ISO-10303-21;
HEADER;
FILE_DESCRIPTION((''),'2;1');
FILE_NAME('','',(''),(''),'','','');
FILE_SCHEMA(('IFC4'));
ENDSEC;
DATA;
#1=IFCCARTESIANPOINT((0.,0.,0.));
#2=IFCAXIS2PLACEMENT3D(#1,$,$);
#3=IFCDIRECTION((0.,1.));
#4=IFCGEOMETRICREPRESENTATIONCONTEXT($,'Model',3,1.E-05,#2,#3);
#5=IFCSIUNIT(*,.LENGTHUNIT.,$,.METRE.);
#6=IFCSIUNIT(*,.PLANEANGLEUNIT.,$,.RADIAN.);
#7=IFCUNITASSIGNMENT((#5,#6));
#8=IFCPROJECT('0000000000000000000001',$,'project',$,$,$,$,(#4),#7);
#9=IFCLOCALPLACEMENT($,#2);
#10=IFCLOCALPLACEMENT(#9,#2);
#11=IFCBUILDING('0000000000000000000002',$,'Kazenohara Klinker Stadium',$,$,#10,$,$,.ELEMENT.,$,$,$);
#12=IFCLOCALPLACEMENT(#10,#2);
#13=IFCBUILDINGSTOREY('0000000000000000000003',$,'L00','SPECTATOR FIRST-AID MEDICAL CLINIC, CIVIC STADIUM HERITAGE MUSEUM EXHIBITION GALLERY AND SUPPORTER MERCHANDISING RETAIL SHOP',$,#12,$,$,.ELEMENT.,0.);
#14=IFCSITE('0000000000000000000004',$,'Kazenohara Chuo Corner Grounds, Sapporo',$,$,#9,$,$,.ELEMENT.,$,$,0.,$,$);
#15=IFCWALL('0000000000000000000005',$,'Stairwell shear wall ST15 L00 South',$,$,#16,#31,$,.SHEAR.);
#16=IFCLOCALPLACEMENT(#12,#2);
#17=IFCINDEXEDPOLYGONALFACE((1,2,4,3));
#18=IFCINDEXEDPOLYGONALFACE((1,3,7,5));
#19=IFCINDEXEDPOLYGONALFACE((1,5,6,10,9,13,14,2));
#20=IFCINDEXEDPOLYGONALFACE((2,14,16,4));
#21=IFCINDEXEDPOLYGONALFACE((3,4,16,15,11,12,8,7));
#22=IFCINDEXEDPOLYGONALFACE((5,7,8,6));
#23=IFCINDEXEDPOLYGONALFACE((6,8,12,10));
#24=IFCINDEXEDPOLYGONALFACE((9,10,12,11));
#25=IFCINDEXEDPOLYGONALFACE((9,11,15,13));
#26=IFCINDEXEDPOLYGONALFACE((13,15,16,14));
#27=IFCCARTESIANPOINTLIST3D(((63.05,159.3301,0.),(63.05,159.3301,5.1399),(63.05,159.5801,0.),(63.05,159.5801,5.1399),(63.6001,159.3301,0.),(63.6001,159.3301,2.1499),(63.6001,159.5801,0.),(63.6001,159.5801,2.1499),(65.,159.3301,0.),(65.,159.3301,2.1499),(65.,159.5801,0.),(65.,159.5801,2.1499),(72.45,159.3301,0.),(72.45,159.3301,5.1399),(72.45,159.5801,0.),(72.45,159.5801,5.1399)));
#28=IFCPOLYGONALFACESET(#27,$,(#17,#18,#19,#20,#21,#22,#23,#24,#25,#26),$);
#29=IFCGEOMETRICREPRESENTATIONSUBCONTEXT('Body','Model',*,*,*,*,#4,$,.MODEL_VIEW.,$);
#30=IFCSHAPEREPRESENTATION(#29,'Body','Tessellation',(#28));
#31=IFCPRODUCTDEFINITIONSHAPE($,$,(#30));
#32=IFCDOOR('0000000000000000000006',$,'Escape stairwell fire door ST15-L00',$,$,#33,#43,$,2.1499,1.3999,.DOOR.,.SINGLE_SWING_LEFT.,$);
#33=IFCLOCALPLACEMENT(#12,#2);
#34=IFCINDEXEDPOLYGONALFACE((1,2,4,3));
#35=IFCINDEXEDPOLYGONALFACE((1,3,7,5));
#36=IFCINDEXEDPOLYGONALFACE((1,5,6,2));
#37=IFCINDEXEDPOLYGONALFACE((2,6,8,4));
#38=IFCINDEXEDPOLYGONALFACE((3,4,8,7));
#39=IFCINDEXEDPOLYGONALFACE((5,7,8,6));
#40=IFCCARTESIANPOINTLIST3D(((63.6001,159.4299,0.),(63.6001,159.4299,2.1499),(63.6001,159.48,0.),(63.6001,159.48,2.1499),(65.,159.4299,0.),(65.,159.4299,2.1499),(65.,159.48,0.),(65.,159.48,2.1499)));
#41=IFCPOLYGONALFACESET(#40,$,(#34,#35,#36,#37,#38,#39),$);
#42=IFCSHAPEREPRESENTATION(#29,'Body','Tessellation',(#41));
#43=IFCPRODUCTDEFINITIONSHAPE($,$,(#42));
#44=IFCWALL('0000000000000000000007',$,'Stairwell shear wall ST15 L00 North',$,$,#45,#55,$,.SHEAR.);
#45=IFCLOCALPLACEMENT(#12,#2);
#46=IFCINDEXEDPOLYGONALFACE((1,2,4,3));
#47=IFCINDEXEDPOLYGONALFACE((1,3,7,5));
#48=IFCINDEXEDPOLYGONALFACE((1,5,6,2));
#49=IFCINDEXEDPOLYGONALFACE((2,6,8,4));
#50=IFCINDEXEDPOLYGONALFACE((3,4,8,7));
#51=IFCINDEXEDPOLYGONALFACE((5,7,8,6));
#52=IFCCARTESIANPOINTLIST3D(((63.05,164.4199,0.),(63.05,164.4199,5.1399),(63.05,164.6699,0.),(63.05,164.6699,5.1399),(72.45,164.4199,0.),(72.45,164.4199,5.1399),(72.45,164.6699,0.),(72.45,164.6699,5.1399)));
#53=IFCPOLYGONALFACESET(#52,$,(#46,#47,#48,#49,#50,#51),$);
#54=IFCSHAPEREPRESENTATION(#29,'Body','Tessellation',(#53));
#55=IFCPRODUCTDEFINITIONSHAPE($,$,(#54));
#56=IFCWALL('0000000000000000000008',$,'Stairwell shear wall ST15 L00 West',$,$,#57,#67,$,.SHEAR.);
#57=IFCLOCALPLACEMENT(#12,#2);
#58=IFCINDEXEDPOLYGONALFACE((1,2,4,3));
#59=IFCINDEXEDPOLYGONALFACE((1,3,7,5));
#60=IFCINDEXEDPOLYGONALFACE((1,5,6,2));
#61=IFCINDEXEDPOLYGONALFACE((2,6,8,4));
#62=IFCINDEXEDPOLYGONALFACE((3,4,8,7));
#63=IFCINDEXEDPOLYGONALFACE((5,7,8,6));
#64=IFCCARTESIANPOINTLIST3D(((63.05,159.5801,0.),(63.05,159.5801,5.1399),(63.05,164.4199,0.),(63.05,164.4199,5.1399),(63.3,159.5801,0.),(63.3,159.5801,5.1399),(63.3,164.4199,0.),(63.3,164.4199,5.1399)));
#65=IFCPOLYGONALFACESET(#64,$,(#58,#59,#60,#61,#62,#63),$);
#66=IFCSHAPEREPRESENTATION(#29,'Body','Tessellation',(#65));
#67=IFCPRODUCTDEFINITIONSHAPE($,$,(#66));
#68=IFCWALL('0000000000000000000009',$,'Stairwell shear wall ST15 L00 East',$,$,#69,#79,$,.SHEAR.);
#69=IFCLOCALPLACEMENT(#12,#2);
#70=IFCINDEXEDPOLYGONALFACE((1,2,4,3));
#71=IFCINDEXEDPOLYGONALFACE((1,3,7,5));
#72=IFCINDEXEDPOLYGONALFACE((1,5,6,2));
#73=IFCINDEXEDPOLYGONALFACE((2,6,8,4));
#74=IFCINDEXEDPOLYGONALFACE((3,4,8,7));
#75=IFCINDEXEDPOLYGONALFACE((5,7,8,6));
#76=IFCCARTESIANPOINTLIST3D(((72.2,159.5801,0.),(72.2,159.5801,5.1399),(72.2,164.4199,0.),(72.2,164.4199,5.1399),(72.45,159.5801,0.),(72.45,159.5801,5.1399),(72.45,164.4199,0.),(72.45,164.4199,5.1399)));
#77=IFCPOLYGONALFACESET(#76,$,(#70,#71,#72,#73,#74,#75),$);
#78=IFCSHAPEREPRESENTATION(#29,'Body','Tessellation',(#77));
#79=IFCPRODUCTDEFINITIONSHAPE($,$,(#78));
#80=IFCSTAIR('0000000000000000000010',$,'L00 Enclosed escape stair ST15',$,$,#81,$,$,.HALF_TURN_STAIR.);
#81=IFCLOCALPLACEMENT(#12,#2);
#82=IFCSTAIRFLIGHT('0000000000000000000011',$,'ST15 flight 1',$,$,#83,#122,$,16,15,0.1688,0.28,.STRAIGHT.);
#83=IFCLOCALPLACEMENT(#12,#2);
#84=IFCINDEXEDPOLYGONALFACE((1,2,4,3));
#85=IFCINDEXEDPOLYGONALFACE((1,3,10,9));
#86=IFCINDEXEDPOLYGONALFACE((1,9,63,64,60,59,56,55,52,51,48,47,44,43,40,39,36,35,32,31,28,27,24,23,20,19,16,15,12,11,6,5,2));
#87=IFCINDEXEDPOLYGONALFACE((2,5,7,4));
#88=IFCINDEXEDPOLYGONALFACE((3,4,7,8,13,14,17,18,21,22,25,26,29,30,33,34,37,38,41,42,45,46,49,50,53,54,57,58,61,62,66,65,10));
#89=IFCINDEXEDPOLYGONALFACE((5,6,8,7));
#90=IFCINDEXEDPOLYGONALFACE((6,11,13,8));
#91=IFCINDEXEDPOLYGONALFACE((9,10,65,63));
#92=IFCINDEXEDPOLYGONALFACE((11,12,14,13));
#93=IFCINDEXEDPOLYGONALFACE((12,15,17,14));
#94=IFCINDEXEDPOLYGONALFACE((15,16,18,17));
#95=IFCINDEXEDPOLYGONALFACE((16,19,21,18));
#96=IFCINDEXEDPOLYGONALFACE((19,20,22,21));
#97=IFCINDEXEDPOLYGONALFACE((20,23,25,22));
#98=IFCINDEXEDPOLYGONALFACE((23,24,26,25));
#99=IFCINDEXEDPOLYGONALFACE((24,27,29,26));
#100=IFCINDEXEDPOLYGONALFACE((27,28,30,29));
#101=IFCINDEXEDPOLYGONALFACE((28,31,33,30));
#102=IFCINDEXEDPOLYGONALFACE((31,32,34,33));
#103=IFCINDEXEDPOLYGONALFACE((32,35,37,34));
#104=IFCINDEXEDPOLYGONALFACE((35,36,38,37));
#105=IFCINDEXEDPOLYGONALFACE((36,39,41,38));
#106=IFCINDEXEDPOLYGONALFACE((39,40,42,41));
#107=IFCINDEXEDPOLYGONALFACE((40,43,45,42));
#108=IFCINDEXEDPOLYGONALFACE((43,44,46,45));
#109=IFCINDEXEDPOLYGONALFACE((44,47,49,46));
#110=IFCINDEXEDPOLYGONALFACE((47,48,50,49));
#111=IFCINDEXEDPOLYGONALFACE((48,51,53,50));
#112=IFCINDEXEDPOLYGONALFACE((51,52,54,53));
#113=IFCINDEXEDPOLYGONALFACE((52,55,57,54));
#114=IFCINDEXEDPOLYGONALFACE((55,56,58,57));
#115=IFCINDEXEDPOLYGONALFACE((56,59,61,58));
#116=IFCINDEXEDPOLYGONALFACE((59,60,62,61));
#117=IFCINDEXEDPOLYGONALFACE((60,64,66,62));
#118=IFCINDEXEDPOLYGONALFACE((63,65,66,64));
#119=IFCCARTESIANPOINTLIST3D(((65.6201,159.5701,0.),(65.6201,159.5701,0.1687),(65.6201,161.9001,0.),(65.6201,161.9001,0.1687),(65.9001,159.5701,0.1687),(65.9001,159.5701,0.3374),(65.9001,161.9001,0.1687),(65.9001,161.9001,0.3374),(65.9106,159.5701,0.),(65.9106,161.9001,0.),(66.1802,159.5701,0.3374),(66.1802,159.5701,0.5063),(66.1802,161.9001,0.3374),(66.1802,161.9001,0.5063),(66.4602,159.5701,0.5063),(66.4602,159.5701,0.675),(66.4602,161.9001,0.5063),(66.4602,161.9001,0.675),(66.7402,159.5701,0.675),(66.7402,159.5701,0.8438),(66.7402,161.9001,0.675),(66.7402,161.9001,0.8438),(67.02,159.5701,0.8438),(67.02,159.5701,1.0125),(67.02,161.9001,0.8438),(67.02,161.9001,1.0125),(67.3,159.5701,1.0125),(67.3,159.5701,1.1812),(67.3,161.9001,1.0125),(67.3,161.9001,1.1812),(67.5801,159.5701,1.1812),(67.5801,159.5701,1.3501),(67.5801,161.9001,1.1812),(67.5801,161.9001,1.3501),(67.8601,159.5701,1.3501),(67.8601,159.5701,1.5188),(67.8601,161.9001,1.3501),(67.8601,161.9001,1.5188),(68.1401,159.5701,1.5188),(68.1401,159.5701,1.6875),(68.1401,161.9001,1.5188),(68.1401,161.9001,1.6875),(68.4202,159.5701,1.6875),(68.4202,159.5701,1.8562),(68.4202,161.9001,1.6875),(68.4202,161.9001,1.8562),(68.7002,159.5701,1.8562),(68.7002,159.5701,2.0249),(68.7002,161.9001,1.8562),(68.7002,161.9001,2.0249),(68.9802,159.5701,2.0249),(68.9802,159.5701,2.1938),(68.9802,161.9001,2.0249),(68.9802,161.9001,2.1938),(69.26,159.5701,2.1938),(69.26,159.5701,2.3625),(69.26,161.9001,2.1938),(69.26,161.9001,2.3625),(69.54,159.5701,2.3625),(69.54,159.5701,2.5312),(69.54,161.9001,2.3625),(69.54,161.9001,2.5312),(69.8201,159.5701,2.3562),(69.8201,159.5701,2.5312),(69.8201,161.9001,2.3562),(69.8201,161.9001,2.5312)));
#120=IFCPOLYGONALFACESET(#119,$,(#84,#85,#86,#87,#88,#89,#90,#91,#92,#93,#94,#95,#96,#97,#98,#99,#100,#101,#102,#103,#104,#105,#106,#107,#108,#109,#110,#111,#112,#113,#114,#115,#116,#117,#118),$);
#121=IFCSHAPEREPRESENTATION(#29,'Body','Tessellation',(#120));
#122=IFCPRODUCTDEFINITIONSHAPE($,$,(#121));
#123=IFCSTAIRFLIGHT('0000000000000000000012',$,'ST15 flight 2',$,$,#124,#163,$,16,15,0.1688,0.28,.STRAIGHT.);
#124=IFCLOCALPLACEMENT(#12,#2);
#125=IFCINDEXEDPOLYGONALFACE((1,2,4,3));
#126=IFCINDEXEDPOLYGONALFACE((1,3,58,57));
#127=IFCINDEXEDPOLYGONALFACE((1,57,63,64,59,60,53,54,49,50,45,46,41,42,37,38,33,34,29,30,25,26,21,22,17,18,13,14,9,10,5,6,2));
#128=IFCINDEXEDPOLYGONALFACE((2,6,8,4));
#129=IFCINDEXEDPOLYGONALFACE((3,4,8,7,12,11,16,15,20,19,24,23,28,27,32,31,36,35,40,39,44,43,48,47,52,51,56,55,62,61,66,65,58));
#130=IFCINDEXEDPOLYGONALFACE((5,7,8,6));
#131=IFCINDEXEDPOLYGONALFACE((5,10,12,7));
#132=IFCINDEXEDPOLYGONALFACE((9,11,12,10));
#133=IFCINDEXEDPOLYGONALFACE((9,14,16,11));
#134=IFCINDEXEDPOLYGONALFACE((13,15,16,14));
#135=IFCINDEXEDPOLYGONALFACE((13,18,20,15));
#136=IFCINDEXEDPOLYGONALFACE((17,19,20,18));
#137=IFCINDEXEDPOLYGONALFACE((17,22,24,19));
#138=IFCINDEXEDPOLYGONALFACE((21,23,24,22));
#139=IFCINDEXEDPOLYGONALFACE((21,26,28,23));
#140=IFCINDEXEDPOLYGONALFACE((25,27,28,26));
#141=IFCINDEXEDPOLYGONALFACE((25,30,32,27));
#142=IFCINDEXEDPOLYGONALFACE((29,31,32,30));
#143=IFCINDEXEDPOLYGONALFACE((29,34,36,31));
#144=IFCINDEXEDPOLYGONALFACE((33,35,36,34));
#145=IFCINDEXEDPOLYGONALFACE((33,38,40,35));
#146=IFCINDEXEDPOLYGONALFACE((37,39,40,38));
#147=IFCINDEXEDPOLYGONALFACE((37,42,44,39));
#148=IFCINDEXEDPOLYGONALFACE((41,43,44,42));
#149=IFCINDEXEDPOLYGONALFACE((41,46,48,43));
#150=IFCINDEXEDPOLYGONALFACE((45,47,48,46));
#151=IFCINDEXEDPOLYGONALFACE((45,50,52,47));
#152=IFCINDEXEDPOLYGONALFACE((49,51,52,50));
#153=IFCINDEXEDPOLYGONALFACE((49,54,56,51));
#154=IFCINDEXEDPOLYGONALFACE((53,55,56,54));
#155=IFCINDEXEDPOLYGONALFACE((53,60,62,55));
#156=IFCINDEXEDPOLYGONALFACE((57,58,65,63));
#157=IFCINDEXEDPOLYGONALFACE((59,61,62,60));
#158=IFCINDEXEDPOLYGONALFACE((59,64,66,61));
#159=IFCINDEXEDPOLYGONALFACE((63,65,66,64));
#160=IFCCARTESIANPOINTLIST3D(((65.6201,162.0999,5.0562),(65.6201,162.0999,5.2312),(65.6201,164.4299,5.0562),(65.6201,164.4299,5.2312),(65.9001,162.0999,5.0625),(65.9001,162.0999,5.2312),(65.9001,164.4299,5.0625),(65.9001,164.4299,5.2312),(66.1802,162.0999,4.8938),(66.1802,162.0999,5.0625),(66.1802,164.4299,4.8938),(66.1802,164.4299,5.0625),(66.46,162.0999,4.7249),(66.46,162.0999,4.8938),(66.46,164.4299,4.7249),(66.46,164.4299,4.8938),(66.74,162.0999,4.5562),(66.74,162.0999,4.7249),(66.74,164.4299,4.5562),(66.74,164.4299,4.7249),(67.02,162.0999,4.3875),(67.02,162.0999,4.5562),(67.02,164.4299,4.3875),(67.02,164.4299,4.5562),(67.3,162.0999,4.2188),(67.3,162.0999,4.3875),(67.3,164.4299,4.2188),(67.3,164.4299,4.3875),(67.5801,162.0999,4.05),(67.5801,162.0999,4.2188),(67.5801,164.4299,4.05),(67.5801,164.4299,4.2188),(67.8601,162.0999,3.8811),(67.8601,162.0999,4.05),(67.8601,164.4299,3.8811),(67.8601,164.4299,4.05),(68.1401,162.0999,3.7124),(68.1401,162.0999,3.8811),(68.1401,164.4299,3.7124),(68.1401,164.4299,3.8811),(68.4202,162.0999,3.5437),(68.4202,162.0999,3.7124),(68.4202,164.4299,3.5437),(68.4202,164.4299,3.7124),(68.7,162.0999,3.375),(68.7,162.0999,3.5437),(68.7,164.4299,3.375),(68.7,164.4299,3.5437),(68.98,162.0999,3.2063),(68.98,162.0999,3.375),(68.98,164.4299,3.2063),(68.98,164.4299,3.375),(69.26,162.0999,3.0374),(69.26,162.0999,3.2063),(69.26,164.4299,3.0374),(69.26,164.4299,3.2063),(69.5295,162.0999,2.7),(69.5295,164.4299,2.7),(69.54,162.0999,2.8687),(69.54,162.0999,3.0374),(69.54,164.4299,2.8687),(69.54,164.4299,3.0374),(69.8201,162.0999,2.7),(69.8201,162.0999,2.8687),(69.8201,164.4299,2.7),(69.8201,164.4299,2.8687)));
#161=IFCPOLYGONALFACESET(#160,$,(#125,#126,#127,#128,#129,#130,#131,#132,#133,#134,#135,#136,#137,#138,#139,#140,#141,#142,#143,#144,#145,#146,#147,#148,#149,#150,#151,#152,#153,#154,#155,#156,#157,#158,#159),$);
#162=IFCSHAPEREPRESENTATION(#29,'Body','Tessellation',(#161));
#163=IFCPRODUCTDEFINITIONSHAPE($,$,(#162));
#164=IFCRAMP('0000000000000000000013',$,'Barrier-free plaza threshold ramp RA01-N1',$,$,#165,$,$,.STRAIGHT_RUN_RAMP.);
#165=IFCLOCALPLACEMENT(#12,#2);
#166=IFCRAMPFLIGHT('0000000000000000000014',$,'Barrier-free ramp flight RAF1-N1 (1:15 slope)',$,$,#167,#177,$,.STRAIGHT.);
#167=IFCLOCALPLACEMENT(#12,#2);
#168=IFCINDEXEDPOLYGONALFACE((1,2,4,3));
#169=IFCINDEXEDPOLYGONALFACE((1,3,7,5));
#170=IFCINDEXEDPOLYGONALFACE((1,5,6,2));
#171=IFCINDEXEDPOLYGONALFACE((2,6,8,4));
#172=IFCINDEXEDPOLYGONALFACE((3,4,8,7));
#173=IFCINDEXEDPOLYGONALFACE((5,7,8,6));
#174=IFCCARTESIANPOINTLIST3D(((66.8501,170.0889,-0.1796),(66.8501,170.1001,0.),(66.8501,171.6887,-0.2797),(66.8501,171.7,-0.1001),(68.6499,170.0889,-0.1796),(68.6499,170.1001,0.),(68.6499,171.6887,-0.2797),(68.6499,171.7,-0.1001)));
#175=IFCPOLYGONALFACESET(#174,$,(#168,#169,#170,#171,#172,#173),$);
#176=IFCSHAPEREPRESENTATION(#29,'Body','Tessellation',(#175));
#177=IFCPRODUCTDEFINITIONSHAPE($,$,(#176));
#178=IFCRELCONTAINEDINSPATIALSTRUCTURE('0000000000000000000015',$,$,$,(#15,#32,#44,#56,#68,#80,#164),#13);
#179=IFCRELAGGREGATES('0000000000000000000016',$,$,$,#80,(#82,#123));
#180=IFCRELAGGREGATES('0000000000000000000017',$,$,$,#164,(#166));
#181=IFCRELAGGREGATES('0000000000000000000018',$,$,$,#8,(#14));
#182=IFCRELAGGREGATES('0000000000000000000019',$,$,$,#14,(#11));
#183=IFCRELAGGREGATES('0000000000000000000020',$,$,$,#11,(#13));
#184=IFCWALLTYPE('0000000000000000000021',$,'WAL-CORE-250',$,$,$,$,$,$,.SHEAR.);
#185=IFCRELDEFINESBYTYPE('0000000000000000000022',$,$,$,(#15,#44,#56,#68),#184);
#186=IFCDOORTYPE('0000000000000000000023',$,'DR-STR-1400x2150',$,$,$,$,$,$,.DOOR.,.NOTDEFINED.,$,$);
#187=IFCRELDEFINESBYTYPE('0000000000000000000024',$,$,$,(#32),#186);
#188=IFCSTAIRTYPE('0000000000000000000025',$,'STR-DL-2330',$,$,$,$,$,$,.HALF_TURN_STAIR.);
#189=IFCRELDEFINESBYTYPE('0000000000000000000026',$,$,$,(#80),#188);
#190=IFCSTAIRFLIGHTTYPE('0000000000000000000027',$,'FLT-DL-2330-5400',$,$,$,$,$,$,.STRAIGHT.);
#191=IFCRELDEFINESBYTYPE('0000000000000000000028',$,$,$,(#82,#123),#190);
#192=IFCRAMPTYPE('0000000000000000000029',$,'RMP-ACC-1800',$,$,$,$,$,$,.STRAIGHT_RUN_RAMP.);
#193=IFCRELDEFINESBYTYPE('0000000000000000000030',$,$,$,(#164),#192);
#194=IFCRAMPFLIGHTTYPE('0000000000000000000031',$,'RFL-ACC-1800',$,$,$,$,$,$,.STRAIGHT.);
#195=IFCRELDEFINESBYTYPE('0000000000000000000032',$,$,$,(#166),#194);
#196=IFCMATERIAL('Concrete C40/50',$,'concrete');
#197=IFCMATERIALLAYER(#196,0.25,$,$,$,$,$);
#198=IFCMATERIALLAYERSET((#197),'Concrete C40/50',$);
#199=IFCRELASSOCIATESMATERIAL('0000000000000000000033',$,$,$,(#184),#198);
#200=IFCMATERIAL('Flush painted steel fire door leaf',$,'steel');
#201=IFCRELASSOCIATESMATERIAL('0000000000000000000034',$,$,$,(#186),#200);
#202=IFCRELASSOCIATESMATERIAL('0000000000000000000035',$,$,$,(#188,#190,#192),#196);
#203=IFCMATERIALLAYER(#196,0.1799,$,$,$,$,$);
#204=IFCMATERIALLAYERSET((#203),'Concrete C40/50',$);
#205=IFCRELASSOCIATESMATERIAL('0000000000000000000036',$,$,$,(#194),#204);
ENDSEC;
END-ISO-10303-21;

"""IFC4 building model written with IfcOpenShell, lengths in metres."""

from ifc_helpers import new_model, si_unit, direction, frame, frame_2d, origin, place, context, subcontext, project, spatial, polyline, rectangle, outline, extrude, material, layer, layer_set, type_object, element, fill, aggregate, save


model = new_model("IFC4")

# Units and contexts
model_context = context("Model", 3, precision=1e-05, world=origin(), true_north=direction((0.0, 1.0)))
body_context = subcontext(model_context, "Body", "Model", "MODEL_VIEW")
ifc_project = project(units=[si_unit("LENGTHUNIT", "METRE"), si_unit("PLANEANGLEUNIT", "RADIAN")], contexts=[model_context])

# Site, building, storey
site_placement = place(None, origin())
site = spatial("IfcSite", under=ifc_project, at=site_placement, Name="Kazenohara Chuo Corner Grounds, Sapporo", CompositionType="ELEMENT", RefElevation=0.0)
building_placement = place(site_placement, origin())
building = spatial("IfcBuilding", under=site, at=building_placement, Name="Kazenohara Klinker Stadium", CompositionType="ELEMENT")
storey_placement = place(building_placement, origin())
storey = spatial("IfcBuildingStorey", under=building, at=storey_placement, Name="L00", Description="SPECTATOR FIRST-AID MEDICAL CLINIC, CIVIC STADIUM HERITAGE MUSEUM EXHIBITION GALLERY AND SUPPORTER MERCHANDISING RETAIL SHOP", CompositionType="ELEMENT", Elevation=0.0)

# Shared definitions
ifc_material_1 = material(Name="Concrete C40/50", Category="concrete")

# Wall, opening, door
ifc_layer_1 = layer(ifc_material_1, 0.25)
ifc_layer_set_1 = layer_set([ifc_layer_1], Name="Concrete C40/50")
wall_type_1 = type_object("IfcWallType", Name="WAL-CORE-250", PredefinedType="SHEAR", material=ifc_layer_set_1)
wall_1_placement = place(storey_placement, frame((63.05, 159.4551, 0.0), z_axis=(0.0, 0.0, 1.0), x_axis=(1.0, 0.0, 0.0)))
wall_1 = element("IfcWall", 1, at=wall_1_placement, inside=storey, type_object=wall_type_1, Name="Stairwell shear wall ST15 L00 South", PredefinedType="SHEAR", context=body_context, shape_type="SweptSolid", body=[
    extrude(rectangle(XDim=9.3999, YDim=0.25, at=frame_2d((4.7, 0.0))), origin(), (0.0, 0.0, 1.0), 5.1399),
])
opening_1_placement = place(wall_1_placement, frame((0.55, 0.0, 0.0)))
opening_1 = element("IfcOpeningElement", 2, at=opening_1_placement, cuts=wall_1, PredefinedType="OPENING", context=body_context, shape_type="SweptSolid", body=[
    extrude(rectangle(XDim=1.3999, YDim=2.1499, at=frame_2d((0.7, 1.075))), frame((0.0, 0.135, 0.0), z_axis=(0.0, -1.0, 0.0), x_axis=(1.0, 0.0, 0.0)), (0.0, 0.0, 1.0), 0.27),
])
ifc_material_2 = material(Name="Flush painted steel fire door leaf", Category="steel")
door_type_1 = type_object("IfcDoorType", Name="DR-STR-1400x2150", OperationType="NOTDEFINED", PredefinedType="DOOR", material=ifc_material_2)
door_1_placement = place(opening_1_placement, origin())
door_1 = element("IfcDoor", 3, at=door_1_placement, inside=storey, type_object=door_type_1, Name="Escape stairwell fire door ST15-L00", OperationType="SINGLE_SWING_LEFT", OverallHeight=2.1499, OverallWidth=1.3999, PredefinedType="DOOR", context=body_context, shape_type="SweptSolid", body=[
    extrude(rectangle(XDim=1.3999, YDim=2.1499, at=frame_2d((0.7, 1.075))), frame((0.0, 0.0249, 0.0), z_axis=(0.0, -1.0, 0.0), x_axis=(1.0, 0.0, 0.0)), (0.0, 0.0, 1.0), 0.05),
])
fill(opening_1, door_1)

# Walls
wall_2_placement = place(storey_placement, frame((63.05, 164.5449, 0.0), z_axis=(0.0, 0.0, 1.0), x_axis=(1.0, 0.0, 0.0)))
element("IfcWall", 4, at=wall_2_placement, inside=storey, type_object=wall_type_1, Name="Stairwell shear wall ST15 L00 North", PredefinedType="SHEAR", context=body_context, shape_type="SweptSolid", body=[
    extrude(rectangle(XDim=9.3999, YDim=0.25, at=frame_2d((4.7, 0.0))), origin(), (0.0, 0.0, 1.0), 5.1399),
])
for number, where, z_axis, x_axis, name in (
    (5, (63.175, 159.5801, 0.0), (0.0, 0.0, 1.0), (0.0, 1.0, 0.0), "Stairwell shear wall ST15 L00 West"),
    (6, (72.325, 159.5801, 0.0), (0.0, 0.0, 1.0), (0.0, 1.0, 0.0), "Stairwell shear wall ST15 L00 East"),
):
    element("IfcWall", number, at=place(storey_placement, frame(where, z_axis=z_axis, x_axis=x_axis)), inside=storey, type_object=wall_type_1, Name=name, PredefinedType="SHEAR", context=body_context, shape_type="SweptSolid", body=[
        extrude(rectangle(XDim=4.8398, YDim=0.25, at=frame_2d((2.4199, 0.0))), origin(), (0.0, 0.0, 1.0), 5.1399),
    ])

# Stair, stair flights
stair_type = type_object("IfcStairType", Name="STR-DL-2330", PredefinedType="HALF_TURN_STAIR", material=ifc_material_1)
stair_placement = place(storey_placement, origin())
stair = element("IfcStair", 7, at=stair_placement, inside=storey, type_object=stair_type, Name="L00 Enclosed escape stair ST15", PredefinedType="HALF_TURN_STAIR")
stair_flight_type = type_object("IfcStairFlightType", Name="FLT-DL-2330-5400", PredefinedType="STRAIGHT", material=ifc_material_1)
stair_flight_1_placement = place(storey_placement, frame((65.6201, 160.7351, 0.0), z_axis=(0.0, 0.0, 1.0), x_axis=(1.0, 0.0, 0.0)))
stair_flight_1 = element("IfcStairFlight", 8, at=stair_flight_1_placement, type_object=stair_flight_type, Name="ST15 flight 1", NumberOfRisers=16, NumberOfTreads=15, PredefinedType="STRAIGHT", RiserHeight=0.1688, TreadLength=0.28, context=body_context, shape_type="SweptSolid", body=[
    extrude(outline(polyline([(0.0, 0.0), (0.0, 0.1687), (0.28, 0.1687), (0.28, 0.3374), (0.5601, 0.3374), (0.5601, 0.5063), (0.8401, 0.5063), (0.8401, 0.675), (1.1201, 0.675), (1.1201, 0.8438), (1.3999, 0.8438), (1.3999, 1.0125), (1.6799, 1.0125), (1.6799, 1.1812), (1.96, 1.1812), (1.96, 1.3501), (2.24, 1.3501), (2.24, 1.5188), (2.52, 1.5188), (2.52, 1.6875), (2.8, 1.6875), (2.8, 1.8562), (3.0801, 1.8562), (3.0801, 2.0249), (3.3601, 2.0249), (3.3601, 2.1938), (3.6399, 2.1938), (3.6399, 2.3625), (3.9199, 2.3625), (3.9199, 2.5312), (4.2, 2.5312), (4.2, 2.7), (4.2, 2.3562), (0.2905, 0.0), (0.0, 0.0)])), frame((0.0, 1.165, 0.0), z_axis=(0.0, -1.0, 0.0), x_axis=(1.0, 0.0, 0.0)), (0.0, 0.0, 1.0), 2.3301),
])
stair_flight_2_placement = place(storey_placement, frame((69.8201, 163.2649, 2.7), z_axis=(0.0, 0.0, 1.0), x_axis=(-1.0, 0.0, 0.0)))
stair_flight_2 = element("IfcStairFlight", 9, at=stair_flight_2_placement, type_object=stair_flight_type, Name="ST15 flight 2", NumberOfRisers=16, NumberOfTreads=15, PredefinedType="STRAIGHT", RiserHeight=0.1688, TreadLength=0.28, context=body_context, shape_type="SweptSolid", body=[
    extrude(outline(polyline([(0.0, 0.0), (0.0, 0.1687), (0.28, 0.1687), (0.28, 0.3374), (0.5601, 0.3374), (0.5601, 0.5063), (0.8401, 0.5063), (0.8401, 0.675), (1.1201, 0.675), (1.1201, 0.8438), (1.3999, 0.8438), (1.3999, 1.0125), (1.6799, 1.0125), (1.6799, 1.1812), (1.96, 1.1812), (1.96, 1.3501), (2.24, 1.3501), (2.24, 1.5188), (2.52, 1.5188), (2.52, 1.6875), (2.8, 1.6875), (2.8, 1.8562), (3.0801, 1.8562), (3.0801, 2.0249), (3.3601, 2.0249), (3.3601, 2.1938), (3.6399, 2.1938), (3.6399, 2.3625), (3.9199, 2.3625), (3.9199, 2.5312), (4.2, 2.5312), (4.2, 2.7), (4.2, 2.3562), (0.2905, 0.0), (0.0, 0.0)])), frame((0.0, 1.165, 0.0), z_axis=(0.0, -1.0, 0.0), x_axis=(1.0, 0.0, 0.0)), (0.0, 0.0, 1.0), 2.3301),
])
aggregate(stair, [stair_flight_1, stair_flight_2])

# Ramp, ramp flight
ramp_type = type_object("IfcRampType", Name="RMP-ACC-1800", PredefinedType="STRAIGHT_RUN_RAMP", material=ifc_material_1)
ramp_placement = place(storey_placement, origin())
ramp = element("IfcRamp", 10, at=ramp_placement, inside=storey, type_object=ramp_type, Name="Barrier-free plaza threshold ramp RA01-N1", PredefinedType="STRAIGHT_RUN_RAMP")
ifc_layer_2 = layer(ifc_material_1, 0.1799)
ifc_layer_set_2 = layer_set([ifc_layer_2], Name="Concrete C40/50")
ramp_flight_type = type_object("IfcRampFlightType", Name="RFL-ACC-1800", PredefinedType="STRAIGHT", material=ifc_layer_set_2)
ramp_flight_placement = place(storey_placement, frame((66.8501, 171.7, -0.1001), z_axis=(0.0, 0.062445, 0.998048), x_axis=(0.0, -0.998048, 0.062445)))
ramp_flight = element("IfcRampFlight", 11, at=ramp_flight_placement, type_object=ramp_flight_type, Name="Barrier-free ramp flight RAF1-N1 (1:15 slope)", PredefinedType="STRAIGHT", context=body_context, shape_type="SweptSolid", body=[
    extrude(outline(polyline([(0.0, 0.0), (1.603, 0.0), (1.603, 1.7998), (0.0, 1.7998), (0.0, 0.0)])), origin(), (0.0, 0.0, -1.0), 0.1799),
])
aggregate(ramp, [ramp_flight])

save(model, "model.ifc")
